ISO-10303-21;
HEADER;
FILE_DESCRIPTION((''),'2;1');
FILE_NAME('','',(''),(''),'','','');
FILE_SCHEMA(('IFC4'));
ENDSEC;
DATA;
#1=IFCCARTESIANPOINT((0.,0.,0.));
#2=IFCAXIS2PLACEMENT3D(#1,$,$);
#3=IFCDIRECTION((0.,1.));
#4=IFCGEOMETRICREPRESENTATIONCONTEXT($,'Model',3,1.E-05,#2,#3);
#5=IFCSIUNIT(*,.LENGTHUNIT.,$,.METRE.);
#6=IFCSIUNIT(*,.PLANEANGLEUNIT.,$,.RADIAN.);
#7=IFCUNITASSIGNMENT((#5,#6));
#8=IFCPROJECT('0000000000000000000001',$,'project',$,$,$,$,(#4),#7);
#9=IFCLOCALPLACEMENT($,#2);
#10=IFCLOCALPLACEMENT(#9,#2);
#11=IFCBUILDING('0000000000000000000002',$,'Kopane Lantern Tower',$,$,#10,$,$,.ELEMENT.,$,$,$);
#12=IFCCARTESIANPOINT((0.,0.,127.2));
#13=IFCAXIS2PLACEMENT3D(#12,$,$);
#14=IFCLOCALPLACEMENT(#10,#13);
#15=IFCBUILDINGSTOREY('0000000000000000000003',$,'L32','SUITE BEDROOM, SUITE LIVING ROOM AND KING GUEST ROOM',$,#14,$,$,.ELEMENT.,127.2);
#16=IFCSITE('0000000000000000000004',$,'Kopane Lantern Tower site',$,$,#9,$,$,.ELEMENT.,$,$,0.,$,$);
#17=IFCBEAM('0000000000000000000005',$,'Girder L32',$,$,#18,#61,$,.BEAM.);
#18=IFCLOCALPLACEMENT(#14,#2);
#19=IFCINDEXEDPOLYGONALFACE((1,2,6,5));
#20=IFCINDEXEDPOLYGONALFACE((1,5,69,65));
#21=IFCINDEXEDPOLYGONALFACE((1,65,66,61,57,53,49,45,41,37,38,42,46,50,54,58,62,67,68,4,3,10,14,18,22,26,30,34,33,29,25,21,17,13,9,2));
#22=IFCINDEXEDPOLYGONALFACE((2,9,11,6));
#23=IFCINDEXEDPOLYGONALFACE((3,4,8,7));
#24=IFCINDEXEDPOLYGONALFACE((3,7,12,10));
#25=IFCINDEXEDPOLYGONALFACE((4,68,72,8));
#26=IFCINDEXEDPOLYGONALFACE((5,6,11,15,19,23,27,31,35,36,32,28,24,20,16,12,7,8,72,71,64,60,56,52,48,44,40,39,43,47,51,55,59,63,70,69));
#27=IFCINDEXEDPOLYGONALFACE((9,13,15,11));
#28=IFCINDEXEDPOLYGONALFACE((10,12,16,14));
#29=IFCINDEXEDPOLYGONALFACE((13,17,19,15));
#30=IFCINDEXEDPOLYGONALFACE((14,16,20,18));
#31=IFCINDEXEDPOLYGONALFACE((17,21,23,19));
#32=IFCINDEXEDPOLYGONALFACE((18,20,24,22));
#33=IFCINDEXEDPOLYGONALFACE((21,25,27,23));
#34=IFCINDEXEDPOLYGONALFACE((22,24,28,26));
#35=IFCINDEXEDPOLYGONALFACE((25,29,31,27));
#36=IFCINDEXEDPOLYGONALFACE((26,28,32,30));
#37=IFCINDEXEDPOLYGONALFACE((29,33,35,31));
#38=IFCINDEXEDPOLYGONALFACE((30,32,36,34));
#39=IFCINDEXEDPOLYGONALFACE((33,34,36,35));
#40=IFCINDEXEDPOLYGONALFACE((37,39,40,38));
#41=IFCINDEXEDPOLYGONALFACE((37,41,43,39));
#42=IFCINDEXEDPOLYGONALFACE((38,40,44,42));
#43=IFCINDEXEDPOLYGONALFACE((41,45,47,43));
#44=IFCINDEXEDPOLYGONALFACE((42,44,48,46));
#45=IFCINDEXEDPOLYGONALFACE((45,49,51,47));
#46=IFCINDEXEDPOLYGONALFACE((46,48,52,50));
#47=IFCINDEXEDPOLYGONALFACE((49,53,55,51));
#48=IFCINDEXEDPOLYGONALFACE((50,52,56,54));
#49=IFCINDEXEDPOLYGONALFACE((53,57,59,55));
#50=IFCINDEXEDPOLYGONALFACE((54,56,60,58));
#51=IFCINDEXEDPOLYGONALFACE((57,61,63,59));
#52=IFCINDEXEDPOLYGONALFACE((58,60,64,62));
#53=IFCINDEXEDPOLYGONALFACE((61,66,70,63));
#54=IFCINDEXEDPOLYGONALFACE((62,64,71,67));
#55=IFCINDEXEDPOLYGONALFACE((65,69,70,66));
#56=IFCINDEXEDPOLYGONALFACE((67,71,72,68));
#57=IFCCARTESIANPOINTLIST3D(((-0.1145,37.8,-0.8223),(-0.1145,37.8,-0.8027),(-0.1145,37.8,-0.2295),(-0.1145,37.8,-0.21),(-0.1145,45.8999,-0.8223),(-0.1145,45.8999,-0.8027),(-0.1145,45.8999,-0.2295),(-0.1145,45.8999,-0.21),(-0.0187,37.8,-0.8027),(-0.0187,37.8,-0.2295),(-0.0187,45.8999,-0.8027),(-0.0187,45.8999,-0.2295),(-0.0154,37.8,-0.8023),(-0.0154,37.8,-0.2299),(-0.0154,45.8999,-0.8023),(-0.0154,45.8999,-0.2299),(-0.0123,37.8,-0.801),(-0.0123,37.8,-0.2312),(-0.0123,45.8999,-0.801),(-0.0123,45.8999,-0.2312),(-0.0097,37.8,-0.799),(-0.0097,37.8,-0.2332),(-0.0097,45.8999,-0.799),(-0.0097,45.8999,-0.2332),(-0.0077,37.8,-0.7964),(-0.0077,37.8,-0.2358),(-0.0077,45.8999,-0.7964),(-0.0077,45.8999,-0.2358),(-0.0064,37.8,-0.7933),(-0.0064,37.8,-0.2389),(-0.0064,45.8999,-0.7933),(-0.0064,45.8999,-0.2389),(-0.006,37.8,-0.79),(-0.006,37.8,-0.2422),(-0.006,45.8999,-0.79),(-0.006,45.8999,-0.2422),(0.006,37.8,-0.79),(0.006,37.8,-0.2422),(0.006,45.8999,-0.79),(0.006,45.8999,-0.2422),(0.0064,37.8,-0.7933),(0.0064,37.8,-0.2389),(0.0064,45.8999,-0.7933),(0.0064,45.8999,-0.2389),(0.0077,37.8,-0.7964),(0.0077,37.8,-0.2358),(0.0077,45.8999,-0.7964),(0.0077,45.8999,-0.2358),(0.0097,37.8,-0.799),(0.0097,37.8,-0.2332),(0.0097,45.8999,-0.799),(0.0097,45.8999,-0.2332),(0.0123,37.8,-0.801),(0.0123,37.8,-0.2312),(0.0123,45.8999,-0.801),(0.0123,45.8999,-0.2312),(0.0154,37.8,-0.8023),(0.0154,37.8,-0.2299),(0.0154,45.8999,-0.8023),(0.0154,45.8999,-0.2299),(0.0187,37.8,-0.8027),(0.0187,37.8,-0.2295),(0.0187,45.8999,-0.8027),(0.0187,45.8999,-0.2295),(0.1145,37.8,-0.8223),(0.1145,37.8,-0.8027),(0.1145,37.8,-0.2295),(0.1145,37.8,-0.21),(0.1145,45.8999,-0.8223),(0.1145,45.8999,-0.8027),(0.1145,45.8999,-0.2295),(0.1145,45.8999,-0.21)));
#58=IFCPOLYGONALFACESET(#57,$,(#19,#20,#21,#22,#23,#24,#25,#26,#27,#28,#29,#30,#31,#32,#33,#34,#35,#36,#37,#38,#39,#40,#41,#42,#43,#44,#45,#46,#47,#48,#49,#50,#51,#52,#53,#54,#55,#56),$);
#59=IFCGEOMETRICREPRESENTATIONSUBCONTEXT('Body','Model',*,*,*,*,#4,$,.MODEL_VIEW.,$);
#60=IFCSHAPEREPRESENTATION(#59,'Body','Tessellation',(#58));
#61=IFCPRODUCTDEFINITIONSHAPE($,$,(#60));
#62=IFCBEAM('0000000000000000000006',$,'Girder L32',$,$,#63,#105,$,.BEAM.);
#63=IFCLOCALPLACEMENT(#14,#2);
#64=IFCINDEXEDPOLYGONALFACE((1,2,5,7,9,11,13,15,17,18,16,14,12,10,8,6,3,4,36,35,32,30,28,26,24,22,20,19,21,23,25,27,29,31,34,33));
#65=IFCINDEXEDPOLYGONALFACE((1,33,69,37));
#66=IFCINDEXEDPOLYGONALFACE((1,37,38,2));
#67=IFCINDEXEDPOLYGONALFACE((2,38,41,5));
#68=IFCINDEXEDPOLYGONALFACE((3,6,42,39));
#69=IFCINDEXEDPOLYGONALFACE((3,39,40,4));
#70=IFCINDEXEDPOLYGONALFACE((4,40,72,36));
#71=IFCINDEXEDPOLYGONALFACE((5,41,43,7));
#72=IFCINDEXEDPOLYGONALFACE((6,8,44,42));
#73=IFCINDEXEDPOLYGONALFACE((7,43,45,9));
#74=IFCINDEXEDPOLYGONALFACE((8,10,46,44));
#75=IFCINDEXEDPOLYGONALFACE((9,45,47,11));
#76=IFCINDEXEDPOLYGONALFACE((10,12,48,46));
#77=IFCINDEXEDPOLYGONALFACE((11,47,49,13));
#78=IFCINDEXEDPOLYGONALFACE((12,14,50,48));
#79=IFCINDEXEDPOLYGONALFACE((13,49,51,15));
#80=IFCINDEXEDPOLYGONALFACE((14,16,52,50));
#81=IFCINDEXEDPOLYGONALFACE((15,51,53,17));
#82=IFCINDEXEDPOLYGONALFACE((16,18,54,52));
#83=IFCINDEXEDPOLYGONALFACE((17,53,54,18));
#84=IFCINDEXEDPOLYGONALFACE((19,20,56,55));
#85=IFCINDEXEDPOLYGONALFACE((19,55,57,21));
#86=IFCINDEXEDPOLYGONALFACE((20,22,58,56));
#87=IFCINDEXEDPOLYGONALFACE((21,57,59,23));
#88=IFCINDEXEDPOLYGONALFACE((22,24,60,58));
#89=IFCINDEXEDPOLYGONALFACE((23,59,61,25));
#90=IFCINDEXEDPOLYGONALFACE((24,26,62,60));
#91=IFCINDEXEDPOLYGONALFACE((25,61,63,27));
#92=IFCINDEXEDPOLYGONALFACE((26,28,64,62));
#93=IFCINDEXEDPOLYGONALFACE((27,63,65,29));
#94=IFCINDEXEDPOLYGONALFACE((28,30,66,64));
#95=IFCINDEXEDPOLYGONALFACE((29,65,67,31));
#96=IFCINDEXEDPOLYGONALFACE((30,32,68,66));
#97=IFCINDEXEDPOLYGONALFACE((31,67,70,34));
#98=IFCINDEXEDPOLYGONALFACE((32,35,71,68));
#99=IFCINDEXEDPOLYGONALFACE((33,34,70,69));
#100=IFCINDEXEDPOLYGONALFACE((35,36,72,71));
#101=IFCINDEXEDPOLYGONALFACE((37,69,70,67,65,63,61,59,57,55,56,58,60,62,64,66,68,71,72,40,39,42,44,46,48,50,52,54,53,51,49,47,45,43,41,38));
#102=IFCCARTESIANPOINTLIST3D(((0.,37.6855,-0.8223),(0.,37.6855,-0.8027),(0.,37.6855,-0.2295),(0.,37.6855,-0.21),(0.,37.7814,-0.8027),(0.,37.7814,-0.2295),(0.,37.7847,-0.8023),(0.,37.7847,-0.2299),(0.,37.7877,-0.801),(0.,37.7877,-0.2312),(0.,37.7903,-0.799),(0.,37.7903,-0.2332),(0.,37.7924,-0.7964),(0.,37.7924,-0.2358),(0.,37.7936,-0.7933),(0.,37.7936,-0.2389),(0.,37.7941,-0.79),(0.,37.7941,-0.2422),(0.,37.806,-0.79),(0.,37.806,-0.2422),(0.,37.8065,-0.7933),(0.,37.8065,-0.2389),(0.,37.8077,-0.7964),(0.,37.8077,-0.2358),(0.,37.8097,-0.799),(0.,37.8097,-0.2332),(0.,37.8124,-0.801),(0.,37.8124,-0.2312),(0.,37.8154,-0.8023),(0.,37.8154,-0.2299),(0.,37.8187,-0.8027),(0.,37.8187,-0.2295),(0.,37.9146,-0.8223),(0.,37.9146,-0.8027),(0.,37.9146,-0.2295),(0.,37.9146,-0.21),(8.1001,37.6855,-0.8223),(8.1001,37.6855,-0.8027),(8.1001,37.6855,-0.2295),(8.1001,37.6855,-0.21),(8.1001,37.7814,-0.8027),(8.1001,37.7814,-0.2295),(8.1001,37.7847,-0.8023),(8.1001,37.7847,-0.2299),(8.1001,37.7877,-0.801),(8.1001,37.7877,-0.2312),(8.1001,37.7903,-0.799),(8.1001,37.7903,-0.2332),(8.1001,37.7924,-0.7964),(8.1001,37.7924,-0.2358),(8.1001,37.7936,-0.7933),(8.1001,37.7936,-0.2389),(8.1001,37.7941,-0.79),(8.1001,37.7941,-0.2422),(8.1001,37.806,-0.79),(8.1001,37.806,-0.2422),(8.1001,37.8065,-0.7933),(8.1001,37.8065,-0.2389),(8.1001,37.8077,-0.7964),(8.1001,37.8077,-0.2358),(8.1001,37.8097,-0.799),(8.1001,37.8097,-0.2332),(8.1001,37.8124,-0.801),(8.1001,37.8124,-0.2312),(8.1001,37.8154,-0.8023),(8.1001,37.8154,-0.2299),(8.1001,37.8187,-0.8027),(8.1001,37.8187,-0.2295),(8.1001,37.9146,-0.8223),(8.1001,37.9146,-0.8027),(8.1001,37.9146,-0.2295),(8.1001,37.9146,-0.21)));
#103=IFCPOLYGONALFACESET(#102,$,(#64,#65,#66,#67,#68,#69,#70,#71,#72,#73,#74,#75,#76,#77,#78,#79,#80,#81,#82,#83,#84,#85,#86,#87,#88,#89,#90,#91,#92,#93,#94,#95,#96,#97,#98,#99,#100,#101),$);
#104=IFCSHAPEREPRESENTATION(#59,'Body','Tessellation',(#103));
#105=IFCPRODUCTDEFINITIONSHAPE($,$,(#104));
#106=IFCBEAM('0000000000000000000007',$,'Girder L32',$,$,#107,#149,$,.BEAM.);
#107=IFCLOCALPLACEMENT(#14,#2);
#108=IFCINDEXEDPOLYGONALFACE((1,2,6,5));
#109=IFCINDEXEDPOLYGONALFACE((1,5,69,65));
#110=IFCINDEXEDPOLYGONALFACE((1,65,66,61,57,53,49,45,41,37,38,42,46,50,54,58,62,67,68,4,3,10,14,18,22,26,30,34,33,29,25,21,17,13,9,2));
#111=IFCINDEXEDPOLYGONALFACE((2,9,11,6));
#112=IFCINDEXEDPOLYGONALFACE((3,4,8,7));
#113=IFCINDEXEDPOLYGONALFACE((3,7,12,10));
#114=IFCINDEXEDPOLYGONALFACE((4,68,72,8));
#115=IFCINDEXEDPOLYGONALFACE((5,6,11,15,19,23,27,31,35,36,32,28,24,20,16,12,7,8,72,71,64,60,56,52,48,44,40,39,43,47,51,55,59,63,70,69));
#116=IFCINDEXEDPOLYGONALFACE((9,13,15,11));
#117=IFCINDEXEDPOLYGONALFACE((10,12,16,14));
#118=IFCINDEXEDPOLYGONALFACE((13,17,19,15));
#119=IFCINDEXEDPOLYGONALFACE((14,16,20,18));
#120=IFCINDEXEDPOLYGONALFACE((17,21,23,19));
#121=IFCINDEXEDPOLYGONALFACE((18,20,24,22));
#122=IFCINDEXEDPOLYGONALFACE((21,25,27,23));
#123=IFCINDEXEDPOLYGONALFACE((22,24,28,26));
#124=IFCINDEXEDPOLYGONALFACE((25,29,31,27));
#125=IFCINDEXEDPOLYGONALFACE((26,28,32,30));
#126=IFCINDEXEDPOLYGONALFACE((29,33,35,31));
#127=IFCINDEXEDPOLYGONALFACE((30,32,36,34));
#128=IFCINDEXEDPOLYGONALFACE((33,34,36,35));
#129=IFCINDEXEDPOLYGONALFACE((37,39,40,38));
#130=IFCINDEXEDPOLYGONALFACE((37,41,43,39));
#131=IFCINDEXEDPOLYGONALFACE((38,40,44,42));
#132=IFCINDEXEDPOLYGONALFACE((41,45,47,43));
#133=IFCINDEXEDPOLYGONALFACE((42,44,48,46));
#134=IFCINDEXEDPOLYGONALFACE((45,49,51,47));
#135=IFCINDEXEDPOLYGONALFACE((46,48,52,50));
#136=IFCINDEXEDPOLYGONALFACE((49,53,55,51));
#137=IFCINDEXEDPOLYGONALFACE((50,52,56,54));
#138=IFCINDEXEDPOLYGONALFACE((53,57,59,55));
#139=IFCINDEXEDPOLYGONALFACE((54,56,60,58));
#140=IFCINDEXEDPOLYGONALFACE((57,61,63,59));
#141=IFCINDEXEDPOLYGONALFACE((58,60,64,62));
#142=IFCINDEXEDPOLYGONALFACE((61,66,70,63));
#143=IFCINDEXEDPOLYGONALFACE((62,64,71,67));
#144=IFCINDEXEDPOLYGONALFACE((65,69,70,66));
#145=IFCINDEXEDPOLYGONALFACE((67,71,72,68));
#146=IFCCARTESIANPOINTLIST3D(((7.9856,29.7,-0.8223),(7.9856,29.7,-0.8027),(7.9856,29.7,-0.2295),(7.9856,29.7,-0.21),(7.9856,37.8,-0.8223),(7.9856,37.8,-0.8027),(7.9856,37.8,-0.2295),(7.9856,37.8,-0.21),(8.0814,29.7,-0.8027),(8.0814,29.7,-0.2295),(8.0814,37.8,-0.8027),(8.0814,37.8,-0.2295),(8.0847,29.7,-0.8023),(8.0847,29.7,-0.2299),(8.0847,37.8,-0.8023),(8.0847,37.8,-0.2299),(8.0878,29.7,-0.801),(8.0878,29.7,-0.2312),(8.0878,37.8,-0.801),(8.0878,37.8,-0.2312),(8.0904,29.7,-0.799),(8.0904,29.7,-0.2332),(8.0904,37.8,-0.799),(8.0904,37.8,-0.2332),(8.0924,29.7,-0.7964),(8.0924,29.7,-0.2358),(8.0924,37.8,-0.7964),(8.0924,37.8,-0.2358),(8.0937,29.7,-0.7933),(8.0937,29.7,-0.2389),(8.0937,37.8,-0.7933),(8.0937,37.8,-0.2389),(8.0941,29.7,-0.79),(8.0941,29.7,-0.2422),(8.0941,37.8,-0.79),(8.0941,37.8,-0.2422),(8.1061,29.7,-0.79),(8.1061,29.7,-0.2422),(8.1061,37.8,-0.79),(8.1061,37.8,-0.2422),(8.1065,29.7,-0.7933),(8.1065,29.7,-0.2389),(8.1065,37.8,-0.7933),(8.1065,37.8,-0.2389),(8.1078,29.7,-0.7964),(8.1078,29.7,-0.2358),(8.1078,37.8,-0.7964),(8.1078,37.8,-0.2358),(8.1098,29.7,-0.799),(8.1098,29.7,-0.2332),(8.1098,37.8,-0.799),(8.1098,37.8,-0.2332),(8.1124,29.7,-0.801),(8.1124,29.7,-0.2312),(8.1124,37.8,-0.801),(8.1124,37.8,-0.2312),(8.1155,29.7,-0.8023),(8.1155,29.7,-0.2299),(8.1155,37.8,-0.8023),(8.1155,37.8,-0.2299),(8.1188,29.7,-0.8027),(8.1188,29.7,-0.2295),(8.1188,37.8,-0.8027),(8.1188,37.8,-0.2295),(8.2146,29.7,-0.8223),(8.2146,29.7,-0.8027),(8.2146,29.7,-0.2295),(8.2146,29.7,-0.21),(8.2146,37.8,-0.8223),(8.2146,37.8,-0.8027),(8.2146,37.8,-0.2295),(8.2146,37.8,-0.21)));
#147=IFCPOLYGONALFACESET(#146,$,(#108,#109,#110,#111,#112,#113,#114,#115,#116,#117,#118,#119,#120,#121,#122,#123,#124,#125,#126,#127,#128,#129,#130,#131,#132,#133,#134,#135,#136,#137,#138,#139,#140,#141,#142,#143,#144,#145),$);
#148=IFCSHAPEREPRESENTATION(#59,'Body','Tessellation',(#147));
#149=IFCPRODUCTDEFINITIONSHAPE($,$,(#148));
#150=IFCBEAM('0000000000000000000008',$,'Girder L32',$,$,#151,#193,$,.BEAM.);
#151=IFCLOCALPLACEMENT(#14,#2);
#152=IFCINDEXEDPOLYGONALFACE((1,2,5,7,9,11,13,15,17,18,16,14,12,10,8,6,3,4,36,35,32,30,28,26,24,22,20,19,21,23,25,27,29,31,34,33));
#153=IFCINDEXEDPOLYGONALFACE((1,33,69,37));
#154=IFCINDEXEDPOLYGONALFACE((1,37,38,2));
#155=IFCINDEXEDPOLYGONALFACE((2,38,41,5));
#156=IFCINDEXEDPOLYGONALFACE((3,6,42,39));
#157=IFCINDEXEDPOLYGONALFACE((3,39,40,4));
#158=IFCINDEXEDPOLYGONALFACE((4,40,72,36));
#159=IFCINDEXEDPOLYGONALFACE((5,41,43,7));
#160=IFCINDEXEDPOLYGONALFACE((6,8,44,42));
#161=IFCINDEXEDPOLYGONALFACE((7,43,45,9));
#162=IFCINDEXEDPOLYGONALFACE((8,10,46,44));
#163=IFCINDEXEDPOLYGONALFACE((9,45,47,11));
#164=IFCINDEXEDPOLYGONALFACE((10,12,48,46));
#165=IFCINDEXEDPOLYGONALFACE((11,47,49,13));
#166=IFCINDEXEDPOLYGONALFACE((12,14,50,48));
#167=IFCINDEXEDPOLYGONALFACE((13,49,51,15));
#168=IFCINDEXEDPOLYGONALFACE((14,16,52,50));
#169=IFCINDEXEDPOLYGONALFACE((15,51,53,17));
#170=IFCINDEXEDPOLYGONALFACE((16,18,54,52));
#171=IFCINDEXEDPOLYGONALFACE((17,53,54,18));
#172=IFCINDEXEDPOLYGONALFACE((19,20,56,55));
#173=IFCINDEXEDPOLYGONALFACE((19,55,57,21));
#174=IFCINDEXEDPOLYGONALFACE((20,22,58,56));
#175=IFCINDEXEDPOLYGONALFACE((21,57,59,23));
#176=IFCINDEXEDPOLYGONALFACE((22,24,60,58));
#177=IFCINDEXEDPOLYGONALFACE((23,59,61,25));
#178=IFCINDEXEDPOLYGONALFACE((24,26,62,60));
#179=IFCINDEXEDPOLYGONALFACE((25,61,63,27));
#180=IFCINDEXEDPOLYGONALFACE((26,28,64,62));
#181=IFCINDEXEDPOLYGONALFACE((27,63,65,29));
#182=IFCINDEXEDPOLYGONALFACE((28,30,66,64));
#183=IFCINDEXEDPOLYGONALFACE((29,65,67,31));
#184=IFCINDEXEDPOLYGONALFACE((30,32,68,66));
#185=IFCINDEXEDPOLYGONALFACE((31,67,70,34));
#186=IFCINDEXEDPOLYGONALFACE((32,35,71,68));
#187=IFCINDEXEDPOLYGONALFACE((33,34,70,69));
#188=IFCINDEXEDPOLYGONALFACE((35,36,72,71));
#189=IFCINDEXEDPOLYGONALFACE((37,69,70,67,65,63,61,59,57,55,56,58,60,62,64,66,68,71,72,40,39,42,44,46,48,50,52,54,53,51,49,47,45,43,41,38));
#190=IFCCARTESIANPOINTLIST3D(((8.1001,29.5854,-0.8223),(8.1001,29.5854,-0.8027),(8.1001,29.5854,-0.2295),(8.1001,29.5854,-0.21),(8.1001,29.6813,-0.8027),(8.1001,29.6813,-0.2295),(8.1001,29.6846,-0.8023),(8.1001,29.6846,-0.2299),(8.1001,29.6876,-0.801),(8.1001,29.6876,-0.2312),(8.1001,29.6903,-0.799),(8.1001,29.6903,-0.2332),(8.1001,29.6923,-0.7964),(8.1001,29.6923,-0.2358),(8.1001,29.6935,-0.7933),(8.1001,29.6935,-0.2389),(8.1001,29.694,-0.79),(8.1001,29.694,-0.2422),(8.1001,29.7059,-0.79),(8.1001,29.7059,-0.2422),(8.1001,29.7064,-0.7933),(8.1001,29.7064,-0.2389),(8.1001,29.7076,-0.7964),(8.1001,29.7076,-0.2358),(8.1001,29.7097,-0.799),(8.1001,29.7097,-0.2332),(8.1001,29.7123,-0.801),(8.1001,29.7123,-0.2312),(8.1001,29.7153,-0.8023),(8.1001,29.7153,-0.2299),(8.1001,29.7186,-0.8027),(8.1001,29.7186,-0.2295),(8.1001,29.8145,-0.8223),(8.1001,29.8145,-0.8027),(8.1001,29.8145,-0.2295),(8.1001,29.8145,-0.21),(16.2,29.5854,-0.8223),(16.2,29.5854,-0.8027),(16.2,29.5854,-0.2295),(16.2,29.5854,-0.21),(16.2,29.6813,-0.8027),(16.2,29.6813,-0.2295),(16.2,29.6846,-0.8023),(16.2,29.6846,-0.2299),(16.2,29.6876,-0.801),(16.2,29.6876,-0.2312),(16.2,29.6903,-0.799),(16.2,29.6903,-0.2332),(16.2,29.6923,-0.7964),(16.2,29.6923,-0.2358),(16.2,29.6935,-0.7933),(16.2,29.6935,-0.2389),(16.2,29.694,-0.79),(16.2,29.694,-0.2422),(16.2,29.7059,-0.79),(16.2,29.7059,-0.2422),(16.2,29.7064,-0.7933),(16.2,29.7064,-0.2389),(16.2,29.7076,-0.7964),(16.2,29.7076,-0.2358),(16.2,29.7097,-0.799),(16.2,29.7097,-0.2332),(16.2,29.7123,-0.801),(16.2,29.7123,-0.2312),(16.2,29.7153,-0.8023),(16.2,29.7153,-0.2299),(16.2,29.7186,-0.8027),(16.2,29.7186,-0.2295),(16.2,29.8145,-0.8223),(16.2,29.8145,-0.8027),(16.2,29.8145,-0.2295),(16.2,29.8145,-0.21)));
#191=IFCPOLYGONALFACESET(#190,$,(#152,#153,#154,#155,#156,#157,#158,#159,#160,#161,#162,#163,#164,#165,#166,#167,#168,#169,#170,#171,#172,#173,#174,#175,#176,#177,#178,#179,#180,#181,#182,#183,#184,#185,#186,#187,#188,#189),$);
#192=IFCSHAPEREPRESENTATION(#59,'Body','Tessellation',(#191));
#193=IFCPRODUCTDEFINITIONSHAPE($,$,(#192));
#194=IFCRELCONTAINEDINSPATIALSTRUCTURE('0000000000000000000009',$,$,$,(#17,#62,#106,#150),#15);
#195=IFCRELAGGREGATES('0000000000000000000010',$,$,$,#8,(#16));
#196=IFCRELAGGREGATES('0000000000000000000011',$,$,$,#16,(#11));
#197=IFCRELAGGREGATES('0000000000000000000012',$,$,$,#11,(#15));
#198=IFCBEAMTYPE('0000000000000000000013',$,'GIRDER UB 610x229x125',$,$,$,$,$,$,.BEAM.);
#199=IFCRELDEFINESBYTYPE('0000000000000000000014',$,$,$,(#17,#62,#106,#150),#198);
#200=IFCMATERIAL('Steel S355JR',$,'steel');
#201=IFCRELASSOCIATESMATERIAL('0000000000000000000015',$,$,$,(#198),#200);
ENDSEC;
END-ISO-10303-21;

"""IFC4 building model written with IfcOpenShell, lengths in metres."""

from ifc_helpers import new_model, si_unit, direction, frame, origin, origin_2d, place, context, subcontext, project, spatial, i_section, extrude, material, material_profile, profile_set, type_object, element, save


model = new_model("IFC4")

# Units and contexts
model_context = context("Model", 3, precision=1e-05, world=origin(), true_north=direction((0.0, 1.0)))
body_context = subcontext(model_context, "Body", "Model", "MODEL_VIEW")
ifc_project = project(units=[si_unit("LENGTHUNIT", "METRE"), si_unit("PLANEANGLEUNIT", "RADIAN")], contexts=[model_context])

# Site, building, storey
site_placement = place(None, origin())
site = spatial("IfcSite", under=ifc_project, at=site_placement, Name="Kopane Lantern Tower site", CompositionType="ELEMENT", RefElevation=0.0)
building_placement = place(site_placement, origin())
building = spatial("IfcBuilding", under=site, at=building_placement, Name="Kopane Lantern Tower", CompositionType="ELEMENT")
storey_placement = place(building_placement, frame((0.0, 0.0, 127.2)))
storey = spatial("IfcBuildingStorey", under=building, at=storey_placement, Name="L32", Description="SUITE BEDROOM, SUITE LIVING ROOM AND KING GUEST ROOM", CompositionType="ELEMENT", Elevation=127.2)

# Beams
ifc_material_1 = material(Name="Steel S355JR", Category="steel")
ifc_material_profile_1 = material_profile(ifc_material_1, i_section(OverallWidth=0.229, OverallDepth=0.6123, WebThickness=0.012, FlangeThickness=0.0195, FilletRadius=0.0127, at=origin_2d()), Name="UB 610x229x125")
ifc_profile_set_1 = profile_set([ifc_material_profile_1], Name="Steel S355JR")
beam_type = type_object("IfcBeamType", Name="GIRDER UB 610x229x125", PredefinedType="BEAM", material=ifc_profile_set_1)
beam_placement = place(storey_placement, frame((0.0, 37.8, -0.5161), z_axis=(0.0, 1.0, 0.0), x_axis=(-1.0, 0.0, 0.0)))
element("IfcBeam", 1, at=beam_placement, inside=storey, type_object=beam_type, Name="Girder L32", PredefinedType="BEAM", context=body_context, shape_type="SweptSolid", body=[
    extrude(i_section(OverallWidth=0.229, OverallDepth=0.6123, WebThickness=0.012, FlangeThickness=0.0195, FilletRadius=0.0127, at=origin_2d()), origin(), (0.0, 0.0, 1.0), 8.0999),
])
for number, where, z_axis, x_axis, name in (
    (2, (0.0, 37.8, -0.5161), (1.0, 0.0, 0.0), (0.0, 1.0, 0.0), "Girder L32"),
    (3, (8.1001, 29.7, -0.5161), (0.0, 1.0, 0.0), (-1.0, 0.0, 0.0), "Girder L32"),
):
    element("IfcBeam", number, at=place(storey_placement, frame(where, z_axis=z_axis, x_axis=x_axis)), inside=storey, type_object=beam_type, Name=name, PredefinedType="BEAM", context=body_context, shape_type="SweptSolid", body=[
        extrude(i_section(OverallWidth=0.229, OverallDepth=0.6123, WebThickness=0.012, FlangeThickness=0.0195, FilletRadius=0.0127, at=origin_2d()), origin(), (0.0, 0.0, 1.0), 8.1001),
    ])
for number, where, z_axis, x_axis, name in (
    (4, (8.1001, 29.7, -0.5161), (1.0, 0.0, 0.0), (0.0, 1.0, 0.0), "Girder L32"),
):
    element("IfcBeam", number, at=place(storey_placement, frame(where, z_axis=z_axis, x_axis=x_axis)), inside=storey, type_object=beam_type, Name=name, PredefinedType="BEAM", context=body_context, shape_type="SweptSolid", body=[
        extrude(i_section(OverallWidth=0.229, OverallDepth=0.6123, WebThickness=0.012, FlangeThickness=0.0195, FilletRadius=0.0127, at=origin_2d()), origin(), (0.0, 0.0, 1.0), 8.0999),
    ])

save(model, "model.ifc")
